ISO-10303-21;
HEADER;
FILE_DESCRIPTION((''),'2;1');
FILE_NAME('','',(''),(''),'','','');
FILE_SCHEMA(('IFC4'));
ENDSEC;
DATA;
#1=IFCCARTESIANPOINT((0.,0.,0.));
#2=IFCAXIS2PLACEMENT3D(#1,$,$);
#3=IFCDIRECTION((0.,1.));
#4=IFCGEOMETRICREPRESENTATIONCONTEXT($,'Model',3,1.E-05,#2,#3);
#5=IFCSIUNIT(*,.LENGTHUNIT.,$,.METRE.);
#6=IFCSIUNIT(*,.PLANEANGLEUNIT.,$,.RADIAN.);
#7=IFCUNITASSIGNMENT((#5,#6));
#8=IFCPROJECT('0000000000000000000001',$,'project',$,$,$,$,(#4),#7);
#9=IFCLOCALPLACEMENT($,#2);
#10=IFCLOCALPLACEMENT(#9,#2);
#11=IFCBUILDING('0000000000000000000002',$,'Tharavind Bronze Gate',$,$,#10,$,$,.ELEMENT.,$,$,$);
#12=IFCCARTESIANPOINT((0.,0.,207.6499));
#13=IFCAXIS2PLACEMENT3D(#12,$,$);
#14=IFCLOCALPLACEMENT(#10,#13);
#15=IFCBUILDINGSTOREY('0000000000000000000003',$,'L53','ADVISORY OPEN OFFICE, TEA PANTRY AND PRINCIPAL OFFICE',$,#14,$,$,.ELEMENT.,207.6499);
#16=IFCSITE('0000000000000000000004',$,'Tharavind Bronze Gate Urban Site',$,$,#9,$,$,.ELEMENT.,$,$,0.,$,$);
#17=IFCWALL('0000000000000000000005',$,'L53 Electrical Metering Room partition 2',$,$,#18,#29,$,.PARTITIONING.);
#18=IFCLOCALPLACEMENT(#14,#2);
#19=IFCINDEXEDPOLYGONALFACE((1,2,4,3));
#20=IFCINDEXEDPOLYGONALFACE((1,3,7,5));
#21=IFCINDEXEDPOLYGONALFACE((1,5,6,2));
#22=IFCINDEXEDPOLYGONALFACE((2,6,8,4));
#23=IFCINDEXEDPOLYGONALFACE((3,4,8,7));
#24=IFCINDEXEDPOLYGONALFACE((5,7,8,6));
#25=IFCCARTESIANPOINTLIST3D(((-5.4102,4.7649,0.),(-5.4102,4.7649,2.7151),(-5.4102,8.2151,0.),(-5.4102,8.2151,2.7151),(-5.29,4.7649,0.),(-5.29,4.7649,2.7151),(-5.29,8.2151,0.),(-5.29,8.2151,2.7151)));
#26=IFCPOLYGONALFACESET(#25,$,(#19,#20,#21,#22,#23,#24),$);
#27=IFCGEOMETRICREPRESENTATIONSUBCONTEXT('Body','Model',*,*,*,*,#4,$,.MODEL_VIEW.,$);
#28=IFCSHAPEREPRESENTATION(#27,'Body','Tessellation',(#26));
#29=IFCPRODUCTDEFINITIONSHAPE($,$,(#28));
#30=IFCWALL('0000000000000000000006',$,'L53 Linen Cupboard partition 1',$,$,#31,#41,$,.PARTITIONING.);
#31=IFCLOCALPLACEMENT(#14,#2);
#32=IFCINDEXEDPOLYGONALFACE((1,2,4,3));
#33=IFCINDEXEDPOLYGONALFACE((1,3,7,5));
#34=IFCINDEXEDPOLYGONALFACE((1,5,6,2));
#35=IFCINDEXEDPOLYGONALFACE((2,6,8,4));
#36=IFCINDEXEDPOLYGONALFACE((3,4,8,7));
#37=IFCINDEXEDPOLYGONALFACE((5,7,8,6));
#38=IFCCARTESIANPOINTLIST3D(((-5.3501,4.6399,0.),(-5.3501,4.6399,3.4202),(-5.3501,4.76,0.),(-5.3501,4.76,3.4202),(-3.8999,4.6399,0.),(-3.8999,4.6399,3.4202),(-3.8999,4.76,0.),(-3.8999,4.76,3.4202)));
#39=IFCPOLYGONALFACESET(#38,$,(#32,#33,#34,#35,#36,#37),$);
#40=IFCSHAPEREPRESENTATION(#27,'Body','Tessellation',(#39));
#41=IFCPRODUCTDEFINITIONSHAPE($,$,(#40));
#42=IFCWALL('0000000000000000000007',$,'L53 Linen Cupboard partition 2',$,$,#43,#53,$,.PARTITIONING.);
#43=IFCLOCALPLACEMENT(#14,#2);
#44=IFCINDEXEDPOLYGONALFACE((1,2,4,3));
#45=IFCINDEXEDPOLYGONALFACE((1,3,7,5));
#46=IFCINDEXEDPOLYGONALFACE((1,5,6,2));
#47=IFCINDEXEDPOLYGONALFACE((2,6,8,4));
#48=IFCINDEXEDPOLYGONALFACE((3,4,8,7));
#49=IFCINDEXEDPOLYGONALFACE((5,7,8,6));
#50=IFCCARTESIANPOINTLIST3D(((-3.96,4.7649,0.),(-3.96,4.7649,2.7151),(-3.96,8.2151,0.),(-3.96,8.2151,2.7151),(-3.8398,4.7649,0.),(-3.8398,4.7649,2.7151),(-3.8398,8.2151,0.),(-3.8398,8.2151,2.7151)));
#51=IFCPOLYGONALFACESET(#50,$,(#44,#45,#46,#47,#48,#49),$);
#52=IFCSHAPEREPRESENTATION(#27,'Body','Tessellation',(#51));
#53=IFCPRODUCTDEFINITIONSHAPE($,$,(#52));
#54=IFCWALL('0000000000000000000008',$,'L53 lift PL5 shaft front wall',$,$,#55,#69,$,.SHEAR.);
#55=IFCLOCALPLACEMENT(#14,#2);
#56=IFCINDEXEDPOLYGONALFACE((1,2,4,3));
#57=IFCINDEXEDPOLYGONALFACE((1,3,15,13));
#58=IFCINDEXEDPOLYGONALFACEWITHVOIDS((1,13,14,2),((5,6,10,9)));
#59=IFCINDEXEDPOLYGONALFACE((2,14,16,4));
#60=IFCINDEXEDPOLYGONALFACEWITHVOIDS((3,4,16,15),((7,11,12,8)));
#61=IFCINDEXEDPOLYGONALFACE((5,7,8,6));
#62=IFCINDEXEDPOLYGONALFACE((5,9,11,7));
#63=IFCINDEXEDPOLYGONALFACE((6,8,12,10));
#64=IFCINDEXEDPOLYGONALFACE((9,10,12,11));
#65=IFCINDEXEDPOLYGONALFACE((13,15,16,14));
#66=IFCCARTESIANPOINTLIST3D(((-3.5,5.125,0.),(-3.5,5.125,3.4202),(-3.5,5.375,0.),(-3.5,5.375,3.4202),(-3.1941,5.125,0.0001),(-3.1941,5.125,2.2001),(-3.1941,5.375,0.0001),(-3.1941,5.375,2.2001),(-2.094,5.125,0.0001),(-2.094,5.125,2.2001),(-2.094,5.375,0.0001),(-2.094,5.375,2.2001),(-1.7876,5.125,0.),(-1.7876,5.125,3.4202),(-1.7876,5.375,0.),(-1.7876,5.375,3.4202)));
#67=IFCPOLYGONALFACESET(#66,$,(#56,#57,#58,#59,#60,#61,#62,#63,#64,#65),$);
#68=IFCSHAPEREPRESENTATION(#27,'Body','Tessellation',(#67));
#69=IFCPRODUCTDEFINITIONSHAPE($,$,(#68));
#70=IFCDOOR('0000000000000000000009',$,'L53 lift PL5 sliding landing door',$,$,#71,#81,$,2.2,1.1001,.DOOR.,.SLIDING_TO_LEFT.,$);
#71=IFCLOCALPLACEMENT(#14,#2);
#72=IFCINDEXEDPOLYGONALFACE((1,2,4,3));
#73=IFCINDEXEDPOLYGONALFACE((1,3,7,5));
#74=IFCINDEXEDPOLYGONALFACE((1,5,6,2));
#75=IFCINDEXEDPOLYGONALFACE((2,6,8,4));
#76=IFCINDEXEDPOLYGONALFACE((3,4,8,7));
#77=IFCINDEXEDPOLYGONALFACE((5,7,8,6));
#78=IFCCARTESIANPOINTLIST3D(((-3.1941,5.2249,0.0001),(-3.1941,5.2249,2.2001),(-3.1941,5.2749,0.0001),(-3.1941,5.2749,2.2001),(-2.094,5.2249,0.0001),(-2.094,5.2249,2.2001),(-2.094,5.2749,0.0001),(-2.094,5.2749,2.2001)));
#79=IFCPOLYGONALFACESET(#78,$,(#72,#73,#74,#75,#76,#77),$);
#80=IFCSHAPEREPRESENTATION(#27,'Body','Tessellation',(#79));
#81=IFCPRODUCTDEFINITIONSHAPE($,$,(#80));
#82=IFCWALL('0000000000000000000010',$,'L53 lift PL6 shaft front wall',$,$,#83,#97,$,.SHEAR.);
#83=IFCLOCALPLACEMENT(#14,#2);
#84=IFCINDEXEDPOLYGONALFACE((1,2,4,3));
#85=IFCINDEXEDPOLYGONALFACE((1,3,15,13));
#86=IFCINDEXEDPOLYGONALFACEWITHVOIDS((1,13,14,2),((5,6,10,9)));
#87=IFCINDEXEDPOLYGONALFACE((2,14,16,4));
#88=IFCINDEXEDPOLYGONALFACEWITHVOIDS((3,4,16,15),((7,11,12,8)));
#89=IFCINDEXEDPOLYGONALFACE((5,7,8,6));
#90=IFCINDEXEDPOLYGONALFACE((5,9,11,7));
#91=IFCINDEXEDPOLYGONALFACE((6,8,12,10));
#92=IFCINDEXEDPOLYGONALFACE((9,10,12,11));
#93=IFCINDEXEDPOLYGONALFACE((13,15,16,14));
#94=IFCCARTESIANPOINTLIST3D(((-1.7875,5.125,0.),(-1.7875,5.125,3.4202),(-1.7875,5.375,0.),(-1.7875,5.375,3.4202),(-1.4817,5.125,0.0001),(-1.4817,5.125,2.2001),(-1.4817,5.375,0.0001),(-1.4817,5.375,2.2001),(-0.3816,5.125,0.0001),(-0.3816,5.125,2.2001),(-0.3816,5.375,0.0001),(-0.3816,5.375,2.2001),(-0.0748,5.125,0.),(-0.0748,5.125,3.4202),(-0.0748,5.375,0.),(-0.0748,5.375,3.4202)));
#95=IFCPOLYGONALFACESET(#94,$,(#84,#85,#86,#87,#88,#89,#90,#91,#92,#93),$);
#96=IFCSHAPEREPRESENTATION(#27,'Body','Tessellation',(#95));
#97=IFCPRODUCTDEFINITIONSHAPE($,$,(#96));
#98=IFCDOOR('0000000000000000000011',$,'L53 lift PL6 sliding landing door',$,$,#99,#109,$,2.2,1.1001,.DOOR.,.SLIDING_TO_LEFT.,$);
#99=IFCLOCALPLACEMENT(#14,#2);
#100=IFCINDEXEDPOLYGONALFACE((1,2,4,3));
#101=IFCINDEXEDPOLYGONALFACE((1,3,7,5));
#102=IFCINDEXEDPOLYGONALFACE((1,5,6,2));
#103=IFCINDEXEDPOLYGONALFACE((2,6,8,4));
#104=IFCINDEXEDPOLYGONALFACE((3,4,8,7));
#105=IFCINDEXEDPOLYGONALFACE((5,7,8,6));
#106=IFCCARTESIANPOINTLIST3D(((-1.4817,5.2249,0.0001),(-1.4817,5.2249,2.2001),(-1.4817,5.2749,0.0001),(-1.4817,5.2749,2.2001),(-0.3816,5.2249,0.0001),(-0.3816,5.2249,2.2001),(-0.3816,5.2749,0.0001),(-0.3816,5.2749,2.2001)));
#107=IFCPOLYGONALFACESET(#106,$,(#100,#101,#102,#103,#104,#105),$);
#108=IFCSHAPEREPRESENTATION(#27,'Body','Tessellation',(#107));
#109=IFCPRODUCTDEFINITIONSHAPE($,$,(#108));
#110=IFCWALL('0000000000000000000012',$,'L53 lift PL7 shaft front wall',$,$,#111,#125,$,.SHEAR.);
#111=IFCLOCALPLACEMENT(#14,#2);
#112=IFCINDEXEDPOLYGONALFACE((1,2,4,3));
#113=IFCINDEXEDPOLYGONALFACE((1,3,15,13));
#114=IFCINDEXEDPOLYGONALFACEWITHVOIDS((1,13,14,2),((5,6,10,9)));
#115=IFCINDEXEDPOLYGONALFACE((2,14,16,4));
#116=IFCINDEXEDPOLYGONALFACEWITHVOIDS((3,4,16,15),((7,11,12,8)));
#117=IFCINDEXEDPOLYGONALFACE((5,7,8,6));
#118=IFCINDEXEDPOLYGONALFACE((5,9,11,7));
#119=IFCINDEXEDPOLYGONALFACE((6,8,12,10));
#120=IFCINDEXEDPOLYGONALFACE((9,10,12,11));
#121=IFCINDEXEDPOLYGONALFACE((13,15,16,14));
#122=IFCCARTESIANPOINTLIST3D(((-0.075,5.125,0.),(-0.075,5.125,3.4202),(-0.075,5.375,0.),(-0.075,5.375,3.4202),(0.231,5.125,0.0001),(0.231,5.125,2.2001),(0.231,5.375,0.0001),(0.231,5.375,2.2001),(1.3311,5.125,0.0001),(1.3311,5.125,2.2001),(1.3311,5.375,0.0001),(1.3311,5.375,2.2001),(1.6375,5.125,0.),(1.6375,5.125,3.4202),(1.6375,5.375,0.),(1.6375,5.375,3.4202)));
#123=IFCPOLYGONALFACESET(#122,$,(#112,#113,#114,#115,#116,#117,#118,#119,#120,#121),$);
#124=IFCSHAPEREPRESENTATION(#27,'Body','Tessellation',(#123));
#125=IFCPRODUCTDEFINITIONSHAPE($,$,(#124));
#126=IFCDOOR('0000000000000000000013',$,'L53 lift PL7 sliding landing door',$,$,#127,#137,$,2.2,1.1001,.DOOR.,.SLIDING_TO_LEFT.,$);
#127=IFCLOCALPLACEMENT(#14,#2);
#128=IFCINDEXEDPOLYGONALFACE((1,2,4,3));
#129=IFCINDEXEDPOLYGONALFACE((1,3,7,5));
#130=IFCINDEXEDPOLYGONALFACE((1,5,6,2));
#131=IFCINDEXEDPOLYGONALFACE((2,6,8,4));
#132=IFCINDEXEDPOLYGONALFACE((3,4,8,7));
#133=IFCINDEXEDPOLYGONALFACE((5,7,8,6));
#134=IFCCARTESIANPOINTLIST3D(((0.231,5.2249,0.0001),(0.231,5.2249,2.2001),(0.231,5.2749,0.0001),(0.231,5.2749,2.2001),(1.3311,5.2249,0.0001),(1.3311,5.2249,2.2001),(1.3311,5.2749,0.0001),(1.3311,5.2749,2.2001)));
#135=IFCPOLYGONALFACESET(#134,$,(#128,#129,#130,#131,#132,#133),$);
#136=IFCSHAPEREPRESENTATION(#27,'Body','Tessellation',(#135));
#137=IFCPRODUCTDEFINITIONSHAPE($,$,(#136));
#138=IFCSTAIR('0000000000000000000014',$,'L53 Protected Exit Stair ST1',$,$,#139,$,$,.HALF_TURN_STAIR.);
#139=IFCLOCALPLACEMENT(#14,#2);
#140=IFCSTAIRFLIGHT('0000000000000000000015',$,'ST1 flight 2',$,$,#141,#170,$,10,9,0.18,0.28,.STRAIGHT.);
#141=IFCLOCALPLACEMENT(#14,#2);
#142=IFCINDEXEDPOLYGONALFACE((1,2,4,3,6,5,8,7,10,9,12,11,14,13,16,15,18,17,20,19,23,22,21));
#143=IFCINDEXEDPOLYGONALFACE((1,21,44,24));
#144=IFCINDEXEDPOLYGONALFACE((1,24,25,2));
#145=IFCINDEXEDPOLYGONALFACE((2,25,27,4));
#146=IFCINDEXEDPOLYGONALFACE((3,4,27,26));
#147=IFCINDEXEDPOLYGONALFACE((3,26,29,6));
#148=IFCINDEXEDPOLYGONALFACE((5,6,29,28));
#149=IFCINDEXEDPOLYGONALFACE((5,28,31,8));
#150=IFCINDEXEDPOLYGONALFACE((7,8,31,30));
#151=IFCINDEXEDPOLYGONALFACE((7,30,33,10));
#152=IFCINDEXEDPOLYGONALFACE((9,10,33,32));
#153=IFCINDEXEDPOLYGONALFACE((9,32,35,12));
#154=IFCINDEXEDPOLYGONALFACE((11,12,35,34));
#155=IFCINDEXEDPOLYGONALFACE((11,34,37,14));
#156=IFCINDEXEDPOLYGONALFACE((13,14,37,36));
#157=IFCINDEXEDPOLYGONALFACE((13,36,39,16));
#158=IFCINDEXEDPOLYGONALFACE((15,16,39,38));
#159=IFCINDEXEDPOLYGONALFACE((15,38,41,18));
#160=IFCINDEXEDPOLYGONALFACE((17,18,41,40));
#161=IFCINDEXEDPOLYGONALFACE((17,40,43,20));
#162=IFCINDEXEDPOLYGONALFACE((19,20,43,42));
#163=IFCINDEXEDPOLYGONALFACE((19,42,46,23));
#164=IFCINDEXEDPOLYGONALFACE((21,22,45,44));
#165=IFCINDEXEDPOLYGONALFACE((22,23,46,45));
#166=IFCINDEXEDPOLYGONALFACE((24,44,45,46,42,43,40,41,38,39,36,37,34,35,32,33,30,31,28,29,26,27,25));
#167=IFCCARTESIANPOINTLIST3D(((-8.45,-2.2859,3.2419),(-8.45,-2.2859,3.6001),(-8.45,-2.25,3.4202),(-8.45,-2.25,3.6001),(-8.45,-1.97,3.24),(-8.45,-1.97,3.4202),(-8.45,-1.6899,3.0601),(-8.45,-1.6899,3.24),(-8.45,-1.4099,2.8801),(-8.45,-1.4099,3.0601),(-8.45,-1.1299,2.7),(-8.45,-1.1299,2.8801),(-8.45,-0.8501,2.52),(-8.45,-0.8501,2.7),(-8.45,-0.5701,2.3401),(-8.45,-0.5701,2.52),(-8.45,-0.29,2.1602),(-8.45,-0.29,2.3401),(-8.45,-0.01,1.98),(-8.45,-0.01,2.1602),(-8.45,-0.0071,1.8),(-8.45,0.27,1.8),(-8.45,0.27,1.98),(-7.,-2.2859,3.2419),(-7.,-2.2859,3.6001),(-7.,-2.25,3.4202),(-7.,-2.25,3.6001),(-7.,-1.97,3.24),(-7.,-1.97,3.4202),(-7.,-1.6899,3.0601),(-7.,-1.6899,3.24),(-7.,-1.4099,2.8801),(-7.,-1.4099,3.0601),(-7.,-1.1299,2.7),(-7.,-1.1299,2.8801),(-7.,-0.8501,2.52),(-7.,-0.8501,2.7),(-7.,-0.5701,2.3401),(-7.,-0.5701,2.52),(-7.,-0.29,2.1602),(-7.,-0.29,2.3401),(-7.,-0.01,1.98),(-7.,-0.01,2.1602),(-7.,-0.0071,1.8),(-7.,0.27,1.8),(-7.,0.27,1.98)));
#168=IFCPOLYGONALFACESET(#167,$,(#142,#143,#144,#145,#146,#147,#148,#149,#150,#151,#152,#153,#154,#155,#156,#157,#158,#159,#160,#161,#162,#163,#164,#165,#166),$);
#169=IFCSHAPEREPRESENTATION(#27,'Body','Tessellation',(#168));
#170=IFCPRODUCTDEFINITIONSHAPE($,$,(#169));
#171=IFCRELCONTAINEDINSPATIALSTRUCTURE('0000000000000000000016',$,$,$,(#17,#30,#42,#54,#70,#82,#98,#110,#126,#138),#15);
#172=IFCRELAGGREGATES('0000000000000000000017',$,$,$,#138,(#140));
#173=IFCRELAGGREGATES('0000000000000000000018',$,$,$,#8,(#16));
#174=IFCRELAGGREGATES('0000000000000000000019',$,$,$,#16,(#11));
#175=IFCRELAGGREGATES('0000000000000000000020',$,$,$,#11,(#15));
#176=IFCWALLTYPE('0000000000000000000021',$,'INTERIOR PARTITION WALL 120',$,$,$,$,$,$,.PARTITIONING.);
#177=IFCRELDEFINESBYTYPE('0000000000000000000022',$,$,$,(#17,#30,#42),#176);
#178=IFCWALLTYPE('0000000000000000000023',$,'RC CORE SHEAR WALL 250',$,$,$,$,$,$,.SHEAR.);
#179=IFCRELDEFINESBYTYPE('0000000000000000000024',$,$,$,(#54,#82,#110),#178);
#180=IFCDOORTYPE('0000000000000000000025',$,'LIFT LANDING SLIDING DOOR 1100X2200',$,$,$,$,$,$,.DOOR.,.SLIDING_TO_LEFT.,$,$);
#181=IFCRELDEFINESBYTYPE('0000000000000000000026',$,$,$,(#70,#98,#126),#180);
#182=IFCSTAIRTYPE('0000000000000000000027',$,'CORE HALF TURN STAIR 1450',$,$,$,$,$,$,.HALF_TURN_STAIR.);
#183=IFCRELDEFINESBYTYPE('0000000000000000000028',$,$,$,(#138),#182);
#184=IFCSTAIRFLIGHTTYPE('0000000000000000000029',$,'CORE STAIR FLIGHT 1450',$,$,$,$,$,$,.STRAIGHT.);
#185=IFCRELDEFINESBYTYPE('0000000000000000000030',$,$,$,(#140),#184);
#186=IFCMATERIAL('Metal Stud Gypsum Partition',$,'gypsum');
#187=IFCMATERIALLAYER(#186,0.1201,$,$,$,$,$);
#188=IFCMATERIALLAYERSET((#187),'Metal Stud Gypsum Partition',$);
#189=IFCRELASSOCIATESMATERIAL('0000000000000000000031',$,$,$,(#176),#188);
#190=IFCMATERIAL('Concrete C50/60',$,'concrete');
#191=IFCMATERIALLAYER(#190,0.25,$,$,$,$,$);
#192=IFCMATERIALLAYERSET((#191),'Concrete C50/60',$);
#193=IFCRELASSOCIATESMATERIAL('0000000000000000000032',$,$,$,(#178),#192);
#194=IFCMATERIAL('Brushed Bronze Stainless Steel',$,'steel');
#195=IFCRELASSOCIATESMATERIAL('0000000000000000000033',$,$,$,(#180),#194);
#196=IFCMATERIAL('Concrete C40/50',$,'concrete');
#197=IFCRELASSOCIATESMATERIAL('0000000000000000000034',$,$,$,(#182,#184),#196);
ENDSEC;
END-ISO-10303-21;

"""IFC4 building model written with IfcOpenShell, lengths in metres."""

from ifc_helpers import new_model, si_unit, direction, frame, frame_2d, origin, place, context, subcontext, project, spatial, polyline, rectangle, outline, extrude, material, layer, layer_set, type_object, element, fill, aggregate, save


model = new_model("IFC4")

# Units and contexts
model_context = context("Model", 3, precision=1e-05, world=origin(), true_north=direction((0.0, 1.0)))
body_context = subcontext(model_context, "Body", "Model", "MODEL_VIEW")
ifc_project = project(units=[si_unit("LENGTHUNIT", "METRE"), si_unit("PLANEANGLEUNIT", "RADIAN")], contexts=[model_context])

# Site, building, storey
site_placement = place(None, origin())
site = spatial("IfcSite", under=ifc_project, at=site_placement, Name="Tharavind Bronze Gate Urban Site", CompositionType="ELEMENT", RefElevation=0.0)
building_placement = place(site_placement, origin())
building = spatial("IfcBuilding", under=site, at=building_placement, Name="Tharavind Bronze Gate", CompositionType="ELEMENT")
storey_placement = place(building_placement, frame((0.0, 0.0, 207.6499)))
storey = spatial("IfcBuildingStorey", under=building, at=storey_placement, Name="L53", Description="ADVISORY OPEN OFFICE, TEA PANTRY AND PRINCIPAL OFFICE", CompositionType="ELEMENT", Elevation=207.6499)

# Shared definitions
ifc_material_1 = material(Name="Metal Stud Gypsum Partition", Category="gypsum")
ifc_layer_1 = layer(ifc_material_1, 0.1201)
ifc_layer_set_1 = layer_set([ifc_layer_1], Name="Metal Stud Gypsum Partition")
wall_type_1 = type_object("IfcWallType", Name="INTERIOR PARTITION WALL 120", PredefinedType="PARTITIONING", material=ifc_layer_set_1)

# Walls
wall_1_placement = place(storey_placement, frame((-5.3501, 4.7649, 0.0), z_axis=(0.0, 0.0, 1.0), x_axis=(0.0, 1.0, 0.0)))
element("IfcWall", 1, at=wall_1_placement, inside=storey, type_object=wall_type_1, Name="L53 Electrical Metering Room partition 2", PredefinedType="PARTITIONING", context=body_context, shape_type="SweptSolid", body=[
    extrude(rectangle(XDim=3.4502, YDim=0.1201, at=frame_2d((1.7251, 0.0))), origin(), (0.0, 0.0, 1.0), 2.7151),
])
wall_2_placement = place(storey_placement, frame((-5.3501, 4.7, 0.0), z_axis=(0.0, 0.0, 1.0), x_axis=(1.0, 0.0, 0.0)))
element("IfcWall", 2, at=wall_2_placement, inside=storey, type_object=wall_type_1, Name="L53 Linen Cupboard partition 1", PredefinedType="PARTITIONING", context=body_context, shape_type="SweptSolid", body=[
    extrude(rectangle(XDim=1.4502, YDim=0.1201, at=frame_2d((0.7251, 0.0))), origin(), (0.0, 0.0, 1.0), 3.4202),
])
wall_3_placement = place(storey_placement, frame((-3.8999, 4.7649, 0.0), z_axis=(0.0, 0.0, 1.0), x_axis=(0.0, 1.0, 0.0)))
element("IfcWall", 3, at=wall_3_placement, inside=storey, type_object=wall_type_1, Name="L53 Linen Cupboard partition 2", PredefinedType="PARTITIONING", context=body_context, shape_type="SweptSolid", body=[
    extrude(rectangle(XDim=3.4502, YDim=0.1201, at=frame_2d((1.7251, 0.0))), origin(), (0.0, 0.0, 1.0), 2.7151),
])

# Walls, openings, doors
ifc_material_2 = material(Name="Concrete C50/60", Category="concrete")
ifc_layer_2 = layer(ifc_material_2, 0.25)
ifc_layer_set_2 = layer_set([ifc_layer_2], Name="Concrete C50/60")
wall_type_2 = type_object("IfcWallType", Name="RC CORE SHEAR WALL 250", PredefinedType="SHEAR", material=ifc_layer_set_2)
wall_4_placement = place(storey_placement, frame((-3.5, 5.25, 0.0), z_axis=(0.0, 0.0, 1.0), x_axis=(1.0, 0.0, 0.0)))
wall_4 = element("IfcWall", 4, at=wall_4_placement, inside=storey, type_object=wall_type_2, Name="L53 lift PL5 shaft front wall", PredefinedType="SHEAR", context=body_context, shape_type="SweptSolid", body=[
    extrude(rectangle(XDim=1.7124, YDim=0.25, at=frame_2d((0.8562, 0.0))), origin(), (0.0, 0.0, 1.0), 3.4202),
])
opening_1_placement = place(wall_4_placement, frame((0.3059, 0.0, 0.0)))
opening_1 = element("IfcOpeningElement", 5, at=opening_1_placement, cuts=wall_4, PredefinedType="OPENING", context=body_context, shape_type="SweptSolid", body=[
    extrude(rectangle(XDim=1.1001, YDim=2.2, at=frame_2d((0.55, 1.1001))), frame((0.0, 0.135, 0.0), z_axis=(0.0, -1.0, 0.0), x_axis=(1.0, 0.0, 0.0)), (0.0, 0.0, 1.0), 0.27),
])
ifc_material_3 = material(Name="Brushed Bronze Stainless Steel", Category="steel")
door_type_1 = type_object("IfcDoorType", Name="LIFT LANDING SLIDING DOOR 1100X2200", OperationType="SLIDING_TO_LEFT", PredefinedType="DOOR", material=ifc_material_3)
door_1_placement = place(opening_1_placement, origin())
door_1 = element("IfcDoor", 6, at=door_1_placement, inside=storey, type_object=door_type_1, Name="L53 lift PL5 sliding landing door", OperationType="SLIDING_TO_LEFT", OverallHeight=2.2, OverallWidth=1.1001, PredefinedType="DOOR", context=body_context, shape_type="SweptSolid", body=[
    extrude(rectangle(XDim=1.1001, YDim=2.2, at=frame_2d((0.55, 1.1001))), frame((0.0, 0.0249, 0.0), z_axis=(0.0, -1.0, 0.0), x_axis=(1.0, 0.0, 0.0)), (0.0, 0.0, 1.0), 0.05),
])
fill(opening_1, door_1)
wall_5_placement = place(storey_placement, frame((-1.7876, 5.25, 0.0), z_axis=(0.0, 0.0, 1.0), x_axis=(1.0, 0.0, 0.0)))
wall_5 = element("IfcWall", 7, at=wall_5_placement, inside=storey, type_object=wall_type_2, Name="L53 lift PL6 shaft front wall", PredefinedType="SHEAR", context=body_context, shape_type="SweptSolid", body=[
    extrude(rectangle(XDim=1.7126, YDim=0.25, at=frame_2d((0.8564, 0.0))), origin(), (0.0, 0.0, 1.0), 3.4202),
])
opening_2_placement = place(wall_5_placement, frame((0.3059, 0.0, 0.0)))
opening_2 = element("IfcOpeningElement", 8, at=opening_2_placement, cuts=wall_5, PredefinedType="OPENING", context=body_context, shape_type="SweptSolid", body=[
    extrude(rectangle(XDim=1.1001, YDim=2.2, at=frame_2d((0.55, 1.1001))), frame((0.0, 0.135, 0.0), z_axis=(0.0, -1.0, 0.0), x_axis=(1.0, 0.0, 0.0)), (0.0, 0.0, 1.0), 0.27),
])
door_2_placement = place(opening_2_placement, origin())
door_2 = element("IfcDoor", 9, at=door_2_placement, inside=storey, type_object=door_type_1, Name="L53 lift PL6 sliding landing door", OperationType="SLIDING_TO_LEFT", OverallHeight=2.2, OverallWidth=1.1001, PredefinedType="DOOR", context=body_context, shape_type="SweptSolid", body=[
    extrude(rectangle(XDim=1.1001, YDim=2.2, at=frame_2d((0.55, 1.1001))), frame((0.0, 0.0249, 0.0), z_axis=(0.0, -1.0, 0.0), x_axis=(1.0, 0.0, 0.0)), (0.0, 0.0, 1.0), 0.05),
])
fill(opening_2, door_2)
wall_6_placement = place(storey_placement, frame((-0.075, 5.25, 0.0), z_axis=(0.0, 0.0, 1.0), x_axis=(1.0, 0.0, 0.0)))
wall_6 = element("IfcWall", 10, at=wall_6_placement, inside=storey, type_object=wall_type_2, Name="L53 lift PL7 shaft front wall", PredefinedType="SHEAR", context=body_context, shape_type="SweptSolid", body=[
    extrude(rectangle(XDim=1.7124, YDim=0.25, at=frame_2d((0.8562, 0.0))), origin(), (0.0, 0.0, 1.0), 3.4202),
])
opening_3_placement = place(wall_6_placement, frame((0.3059, 0.0, 0.0)))
opening_3 = element("IfcOpeningElement", 11, at=opening_3_placement, cuts=wall_6, PredefinedType="OPENING", context=body_context, shape_type="SweptSolid", body=[
    extrude(rectangle(XDim=1.1001, YDim=2.2, at=frame_2d((0.55, 1.1001))), frame((0.0, 0.135, 0.0), z_axis=(0.0, -1.0, 0.0), x_axis=(1.0, 0.0, 0.0)), (0.0, 0.0, 1.0), 0.27),
])
door_3_placement = place(opening_3_placement, origin())
door_3 = element("IfcDoor", 12, at=door_3_placement, inside=storey, type_object=door_type_1, Name="L53 lift PL7 sliding landing door", OperationType="SLIDING_TO_LEFT", OverallHeight=2.2, OverallWidth=1.1001, PredefinedType="DOOR", context=body_context, shape_type="SweptSolid", body=[
    extrude(rectangle(XDim=1.1001, YDim=2.2, at=frame_2d((0.55, 1.1001))), frame((0.0, 0.0249, 0.0), z_axis=(0.0, -1.0, 0.0), x_axis=(1.0, 0.0, 0.0)), (0.0, 0.0, 1.0), 0.05),
])
fill(opening_3, door_3)

# Stair, stair flight
ifc_material_4 = material(Name="Concrete C40/50", Category="concrete")
stair_type = type_object("IfcStairType", Name="CORE HALF TURN STAIR 1450", PredefinedType="HALF_TURN_STAIR", material=ifc_material_4)
stair_placement = place(storey_placement, origin())
stair = element("IfcStair", 13, at=stair_placement, inside=storey, type_object=stair_type, Name="L53 Protected Exit Stair ST1", PredefinedType="HALF_TURN_STAIR")
stair_flight_type = type_object("IfcStairFlightType", Name="CORE STAIR FLIGHT 1450", PredefinedType="STRAIGHT", material=ifc_material_4)
stair_flight_placement = place(storey_placement, frame((-7.7251, 0.27, 1.8), z_axis=(0.0, 0.0, 1.0), x_axis=(0.0, -1.0, 0.0)))
stair_flight = element("IfcStairFlight", 14, at=stair_flight_placement, type_object=stair_flight_type, Name="ST1 flight 2", NumberOfRisers=10, NumberOfTreads=9, PredefinedType="STRAIGHT", RiserHeight=0.18, TreadLength=0.28, context=body_context, shape_type="SweptSolid", body=[
    extrude(outline(polyline([(0.0, 0.0), (0.0, 0.1799), (0.28, 0.1799), (0.28, 0.3601), (0.5601, 0.3601), (0.5601, 0.54), (0.8401, 0.54), (0.8401, 0.72), (1.1201, 0.72), (1.1201, 0.8999), (1.3999, 0.8999), (1.3999, 1.0801), (1.6799, 1.0801), (1.6799, 1.26), (1.96, 1.26), (1.96, 1.4399), (2.24, 1.4399), (2.24, 1.6201), (2.52, 1.6201), (2.52, 1.8), (2.5559, 1.8), (2.5559, 1.4419), (0.2771, 0.0), (0.0, 0.0)])), frame((0.0, 0.7251, 0.0), z_axis=(0.0, -1.0, 0.0), x_axis=(1.0, 0.0, 0.0)), (0.0, 0.0, 1.0), 1.45),
])
aggregate(stair, [stair_flight])

save(model, "model.ifc")
